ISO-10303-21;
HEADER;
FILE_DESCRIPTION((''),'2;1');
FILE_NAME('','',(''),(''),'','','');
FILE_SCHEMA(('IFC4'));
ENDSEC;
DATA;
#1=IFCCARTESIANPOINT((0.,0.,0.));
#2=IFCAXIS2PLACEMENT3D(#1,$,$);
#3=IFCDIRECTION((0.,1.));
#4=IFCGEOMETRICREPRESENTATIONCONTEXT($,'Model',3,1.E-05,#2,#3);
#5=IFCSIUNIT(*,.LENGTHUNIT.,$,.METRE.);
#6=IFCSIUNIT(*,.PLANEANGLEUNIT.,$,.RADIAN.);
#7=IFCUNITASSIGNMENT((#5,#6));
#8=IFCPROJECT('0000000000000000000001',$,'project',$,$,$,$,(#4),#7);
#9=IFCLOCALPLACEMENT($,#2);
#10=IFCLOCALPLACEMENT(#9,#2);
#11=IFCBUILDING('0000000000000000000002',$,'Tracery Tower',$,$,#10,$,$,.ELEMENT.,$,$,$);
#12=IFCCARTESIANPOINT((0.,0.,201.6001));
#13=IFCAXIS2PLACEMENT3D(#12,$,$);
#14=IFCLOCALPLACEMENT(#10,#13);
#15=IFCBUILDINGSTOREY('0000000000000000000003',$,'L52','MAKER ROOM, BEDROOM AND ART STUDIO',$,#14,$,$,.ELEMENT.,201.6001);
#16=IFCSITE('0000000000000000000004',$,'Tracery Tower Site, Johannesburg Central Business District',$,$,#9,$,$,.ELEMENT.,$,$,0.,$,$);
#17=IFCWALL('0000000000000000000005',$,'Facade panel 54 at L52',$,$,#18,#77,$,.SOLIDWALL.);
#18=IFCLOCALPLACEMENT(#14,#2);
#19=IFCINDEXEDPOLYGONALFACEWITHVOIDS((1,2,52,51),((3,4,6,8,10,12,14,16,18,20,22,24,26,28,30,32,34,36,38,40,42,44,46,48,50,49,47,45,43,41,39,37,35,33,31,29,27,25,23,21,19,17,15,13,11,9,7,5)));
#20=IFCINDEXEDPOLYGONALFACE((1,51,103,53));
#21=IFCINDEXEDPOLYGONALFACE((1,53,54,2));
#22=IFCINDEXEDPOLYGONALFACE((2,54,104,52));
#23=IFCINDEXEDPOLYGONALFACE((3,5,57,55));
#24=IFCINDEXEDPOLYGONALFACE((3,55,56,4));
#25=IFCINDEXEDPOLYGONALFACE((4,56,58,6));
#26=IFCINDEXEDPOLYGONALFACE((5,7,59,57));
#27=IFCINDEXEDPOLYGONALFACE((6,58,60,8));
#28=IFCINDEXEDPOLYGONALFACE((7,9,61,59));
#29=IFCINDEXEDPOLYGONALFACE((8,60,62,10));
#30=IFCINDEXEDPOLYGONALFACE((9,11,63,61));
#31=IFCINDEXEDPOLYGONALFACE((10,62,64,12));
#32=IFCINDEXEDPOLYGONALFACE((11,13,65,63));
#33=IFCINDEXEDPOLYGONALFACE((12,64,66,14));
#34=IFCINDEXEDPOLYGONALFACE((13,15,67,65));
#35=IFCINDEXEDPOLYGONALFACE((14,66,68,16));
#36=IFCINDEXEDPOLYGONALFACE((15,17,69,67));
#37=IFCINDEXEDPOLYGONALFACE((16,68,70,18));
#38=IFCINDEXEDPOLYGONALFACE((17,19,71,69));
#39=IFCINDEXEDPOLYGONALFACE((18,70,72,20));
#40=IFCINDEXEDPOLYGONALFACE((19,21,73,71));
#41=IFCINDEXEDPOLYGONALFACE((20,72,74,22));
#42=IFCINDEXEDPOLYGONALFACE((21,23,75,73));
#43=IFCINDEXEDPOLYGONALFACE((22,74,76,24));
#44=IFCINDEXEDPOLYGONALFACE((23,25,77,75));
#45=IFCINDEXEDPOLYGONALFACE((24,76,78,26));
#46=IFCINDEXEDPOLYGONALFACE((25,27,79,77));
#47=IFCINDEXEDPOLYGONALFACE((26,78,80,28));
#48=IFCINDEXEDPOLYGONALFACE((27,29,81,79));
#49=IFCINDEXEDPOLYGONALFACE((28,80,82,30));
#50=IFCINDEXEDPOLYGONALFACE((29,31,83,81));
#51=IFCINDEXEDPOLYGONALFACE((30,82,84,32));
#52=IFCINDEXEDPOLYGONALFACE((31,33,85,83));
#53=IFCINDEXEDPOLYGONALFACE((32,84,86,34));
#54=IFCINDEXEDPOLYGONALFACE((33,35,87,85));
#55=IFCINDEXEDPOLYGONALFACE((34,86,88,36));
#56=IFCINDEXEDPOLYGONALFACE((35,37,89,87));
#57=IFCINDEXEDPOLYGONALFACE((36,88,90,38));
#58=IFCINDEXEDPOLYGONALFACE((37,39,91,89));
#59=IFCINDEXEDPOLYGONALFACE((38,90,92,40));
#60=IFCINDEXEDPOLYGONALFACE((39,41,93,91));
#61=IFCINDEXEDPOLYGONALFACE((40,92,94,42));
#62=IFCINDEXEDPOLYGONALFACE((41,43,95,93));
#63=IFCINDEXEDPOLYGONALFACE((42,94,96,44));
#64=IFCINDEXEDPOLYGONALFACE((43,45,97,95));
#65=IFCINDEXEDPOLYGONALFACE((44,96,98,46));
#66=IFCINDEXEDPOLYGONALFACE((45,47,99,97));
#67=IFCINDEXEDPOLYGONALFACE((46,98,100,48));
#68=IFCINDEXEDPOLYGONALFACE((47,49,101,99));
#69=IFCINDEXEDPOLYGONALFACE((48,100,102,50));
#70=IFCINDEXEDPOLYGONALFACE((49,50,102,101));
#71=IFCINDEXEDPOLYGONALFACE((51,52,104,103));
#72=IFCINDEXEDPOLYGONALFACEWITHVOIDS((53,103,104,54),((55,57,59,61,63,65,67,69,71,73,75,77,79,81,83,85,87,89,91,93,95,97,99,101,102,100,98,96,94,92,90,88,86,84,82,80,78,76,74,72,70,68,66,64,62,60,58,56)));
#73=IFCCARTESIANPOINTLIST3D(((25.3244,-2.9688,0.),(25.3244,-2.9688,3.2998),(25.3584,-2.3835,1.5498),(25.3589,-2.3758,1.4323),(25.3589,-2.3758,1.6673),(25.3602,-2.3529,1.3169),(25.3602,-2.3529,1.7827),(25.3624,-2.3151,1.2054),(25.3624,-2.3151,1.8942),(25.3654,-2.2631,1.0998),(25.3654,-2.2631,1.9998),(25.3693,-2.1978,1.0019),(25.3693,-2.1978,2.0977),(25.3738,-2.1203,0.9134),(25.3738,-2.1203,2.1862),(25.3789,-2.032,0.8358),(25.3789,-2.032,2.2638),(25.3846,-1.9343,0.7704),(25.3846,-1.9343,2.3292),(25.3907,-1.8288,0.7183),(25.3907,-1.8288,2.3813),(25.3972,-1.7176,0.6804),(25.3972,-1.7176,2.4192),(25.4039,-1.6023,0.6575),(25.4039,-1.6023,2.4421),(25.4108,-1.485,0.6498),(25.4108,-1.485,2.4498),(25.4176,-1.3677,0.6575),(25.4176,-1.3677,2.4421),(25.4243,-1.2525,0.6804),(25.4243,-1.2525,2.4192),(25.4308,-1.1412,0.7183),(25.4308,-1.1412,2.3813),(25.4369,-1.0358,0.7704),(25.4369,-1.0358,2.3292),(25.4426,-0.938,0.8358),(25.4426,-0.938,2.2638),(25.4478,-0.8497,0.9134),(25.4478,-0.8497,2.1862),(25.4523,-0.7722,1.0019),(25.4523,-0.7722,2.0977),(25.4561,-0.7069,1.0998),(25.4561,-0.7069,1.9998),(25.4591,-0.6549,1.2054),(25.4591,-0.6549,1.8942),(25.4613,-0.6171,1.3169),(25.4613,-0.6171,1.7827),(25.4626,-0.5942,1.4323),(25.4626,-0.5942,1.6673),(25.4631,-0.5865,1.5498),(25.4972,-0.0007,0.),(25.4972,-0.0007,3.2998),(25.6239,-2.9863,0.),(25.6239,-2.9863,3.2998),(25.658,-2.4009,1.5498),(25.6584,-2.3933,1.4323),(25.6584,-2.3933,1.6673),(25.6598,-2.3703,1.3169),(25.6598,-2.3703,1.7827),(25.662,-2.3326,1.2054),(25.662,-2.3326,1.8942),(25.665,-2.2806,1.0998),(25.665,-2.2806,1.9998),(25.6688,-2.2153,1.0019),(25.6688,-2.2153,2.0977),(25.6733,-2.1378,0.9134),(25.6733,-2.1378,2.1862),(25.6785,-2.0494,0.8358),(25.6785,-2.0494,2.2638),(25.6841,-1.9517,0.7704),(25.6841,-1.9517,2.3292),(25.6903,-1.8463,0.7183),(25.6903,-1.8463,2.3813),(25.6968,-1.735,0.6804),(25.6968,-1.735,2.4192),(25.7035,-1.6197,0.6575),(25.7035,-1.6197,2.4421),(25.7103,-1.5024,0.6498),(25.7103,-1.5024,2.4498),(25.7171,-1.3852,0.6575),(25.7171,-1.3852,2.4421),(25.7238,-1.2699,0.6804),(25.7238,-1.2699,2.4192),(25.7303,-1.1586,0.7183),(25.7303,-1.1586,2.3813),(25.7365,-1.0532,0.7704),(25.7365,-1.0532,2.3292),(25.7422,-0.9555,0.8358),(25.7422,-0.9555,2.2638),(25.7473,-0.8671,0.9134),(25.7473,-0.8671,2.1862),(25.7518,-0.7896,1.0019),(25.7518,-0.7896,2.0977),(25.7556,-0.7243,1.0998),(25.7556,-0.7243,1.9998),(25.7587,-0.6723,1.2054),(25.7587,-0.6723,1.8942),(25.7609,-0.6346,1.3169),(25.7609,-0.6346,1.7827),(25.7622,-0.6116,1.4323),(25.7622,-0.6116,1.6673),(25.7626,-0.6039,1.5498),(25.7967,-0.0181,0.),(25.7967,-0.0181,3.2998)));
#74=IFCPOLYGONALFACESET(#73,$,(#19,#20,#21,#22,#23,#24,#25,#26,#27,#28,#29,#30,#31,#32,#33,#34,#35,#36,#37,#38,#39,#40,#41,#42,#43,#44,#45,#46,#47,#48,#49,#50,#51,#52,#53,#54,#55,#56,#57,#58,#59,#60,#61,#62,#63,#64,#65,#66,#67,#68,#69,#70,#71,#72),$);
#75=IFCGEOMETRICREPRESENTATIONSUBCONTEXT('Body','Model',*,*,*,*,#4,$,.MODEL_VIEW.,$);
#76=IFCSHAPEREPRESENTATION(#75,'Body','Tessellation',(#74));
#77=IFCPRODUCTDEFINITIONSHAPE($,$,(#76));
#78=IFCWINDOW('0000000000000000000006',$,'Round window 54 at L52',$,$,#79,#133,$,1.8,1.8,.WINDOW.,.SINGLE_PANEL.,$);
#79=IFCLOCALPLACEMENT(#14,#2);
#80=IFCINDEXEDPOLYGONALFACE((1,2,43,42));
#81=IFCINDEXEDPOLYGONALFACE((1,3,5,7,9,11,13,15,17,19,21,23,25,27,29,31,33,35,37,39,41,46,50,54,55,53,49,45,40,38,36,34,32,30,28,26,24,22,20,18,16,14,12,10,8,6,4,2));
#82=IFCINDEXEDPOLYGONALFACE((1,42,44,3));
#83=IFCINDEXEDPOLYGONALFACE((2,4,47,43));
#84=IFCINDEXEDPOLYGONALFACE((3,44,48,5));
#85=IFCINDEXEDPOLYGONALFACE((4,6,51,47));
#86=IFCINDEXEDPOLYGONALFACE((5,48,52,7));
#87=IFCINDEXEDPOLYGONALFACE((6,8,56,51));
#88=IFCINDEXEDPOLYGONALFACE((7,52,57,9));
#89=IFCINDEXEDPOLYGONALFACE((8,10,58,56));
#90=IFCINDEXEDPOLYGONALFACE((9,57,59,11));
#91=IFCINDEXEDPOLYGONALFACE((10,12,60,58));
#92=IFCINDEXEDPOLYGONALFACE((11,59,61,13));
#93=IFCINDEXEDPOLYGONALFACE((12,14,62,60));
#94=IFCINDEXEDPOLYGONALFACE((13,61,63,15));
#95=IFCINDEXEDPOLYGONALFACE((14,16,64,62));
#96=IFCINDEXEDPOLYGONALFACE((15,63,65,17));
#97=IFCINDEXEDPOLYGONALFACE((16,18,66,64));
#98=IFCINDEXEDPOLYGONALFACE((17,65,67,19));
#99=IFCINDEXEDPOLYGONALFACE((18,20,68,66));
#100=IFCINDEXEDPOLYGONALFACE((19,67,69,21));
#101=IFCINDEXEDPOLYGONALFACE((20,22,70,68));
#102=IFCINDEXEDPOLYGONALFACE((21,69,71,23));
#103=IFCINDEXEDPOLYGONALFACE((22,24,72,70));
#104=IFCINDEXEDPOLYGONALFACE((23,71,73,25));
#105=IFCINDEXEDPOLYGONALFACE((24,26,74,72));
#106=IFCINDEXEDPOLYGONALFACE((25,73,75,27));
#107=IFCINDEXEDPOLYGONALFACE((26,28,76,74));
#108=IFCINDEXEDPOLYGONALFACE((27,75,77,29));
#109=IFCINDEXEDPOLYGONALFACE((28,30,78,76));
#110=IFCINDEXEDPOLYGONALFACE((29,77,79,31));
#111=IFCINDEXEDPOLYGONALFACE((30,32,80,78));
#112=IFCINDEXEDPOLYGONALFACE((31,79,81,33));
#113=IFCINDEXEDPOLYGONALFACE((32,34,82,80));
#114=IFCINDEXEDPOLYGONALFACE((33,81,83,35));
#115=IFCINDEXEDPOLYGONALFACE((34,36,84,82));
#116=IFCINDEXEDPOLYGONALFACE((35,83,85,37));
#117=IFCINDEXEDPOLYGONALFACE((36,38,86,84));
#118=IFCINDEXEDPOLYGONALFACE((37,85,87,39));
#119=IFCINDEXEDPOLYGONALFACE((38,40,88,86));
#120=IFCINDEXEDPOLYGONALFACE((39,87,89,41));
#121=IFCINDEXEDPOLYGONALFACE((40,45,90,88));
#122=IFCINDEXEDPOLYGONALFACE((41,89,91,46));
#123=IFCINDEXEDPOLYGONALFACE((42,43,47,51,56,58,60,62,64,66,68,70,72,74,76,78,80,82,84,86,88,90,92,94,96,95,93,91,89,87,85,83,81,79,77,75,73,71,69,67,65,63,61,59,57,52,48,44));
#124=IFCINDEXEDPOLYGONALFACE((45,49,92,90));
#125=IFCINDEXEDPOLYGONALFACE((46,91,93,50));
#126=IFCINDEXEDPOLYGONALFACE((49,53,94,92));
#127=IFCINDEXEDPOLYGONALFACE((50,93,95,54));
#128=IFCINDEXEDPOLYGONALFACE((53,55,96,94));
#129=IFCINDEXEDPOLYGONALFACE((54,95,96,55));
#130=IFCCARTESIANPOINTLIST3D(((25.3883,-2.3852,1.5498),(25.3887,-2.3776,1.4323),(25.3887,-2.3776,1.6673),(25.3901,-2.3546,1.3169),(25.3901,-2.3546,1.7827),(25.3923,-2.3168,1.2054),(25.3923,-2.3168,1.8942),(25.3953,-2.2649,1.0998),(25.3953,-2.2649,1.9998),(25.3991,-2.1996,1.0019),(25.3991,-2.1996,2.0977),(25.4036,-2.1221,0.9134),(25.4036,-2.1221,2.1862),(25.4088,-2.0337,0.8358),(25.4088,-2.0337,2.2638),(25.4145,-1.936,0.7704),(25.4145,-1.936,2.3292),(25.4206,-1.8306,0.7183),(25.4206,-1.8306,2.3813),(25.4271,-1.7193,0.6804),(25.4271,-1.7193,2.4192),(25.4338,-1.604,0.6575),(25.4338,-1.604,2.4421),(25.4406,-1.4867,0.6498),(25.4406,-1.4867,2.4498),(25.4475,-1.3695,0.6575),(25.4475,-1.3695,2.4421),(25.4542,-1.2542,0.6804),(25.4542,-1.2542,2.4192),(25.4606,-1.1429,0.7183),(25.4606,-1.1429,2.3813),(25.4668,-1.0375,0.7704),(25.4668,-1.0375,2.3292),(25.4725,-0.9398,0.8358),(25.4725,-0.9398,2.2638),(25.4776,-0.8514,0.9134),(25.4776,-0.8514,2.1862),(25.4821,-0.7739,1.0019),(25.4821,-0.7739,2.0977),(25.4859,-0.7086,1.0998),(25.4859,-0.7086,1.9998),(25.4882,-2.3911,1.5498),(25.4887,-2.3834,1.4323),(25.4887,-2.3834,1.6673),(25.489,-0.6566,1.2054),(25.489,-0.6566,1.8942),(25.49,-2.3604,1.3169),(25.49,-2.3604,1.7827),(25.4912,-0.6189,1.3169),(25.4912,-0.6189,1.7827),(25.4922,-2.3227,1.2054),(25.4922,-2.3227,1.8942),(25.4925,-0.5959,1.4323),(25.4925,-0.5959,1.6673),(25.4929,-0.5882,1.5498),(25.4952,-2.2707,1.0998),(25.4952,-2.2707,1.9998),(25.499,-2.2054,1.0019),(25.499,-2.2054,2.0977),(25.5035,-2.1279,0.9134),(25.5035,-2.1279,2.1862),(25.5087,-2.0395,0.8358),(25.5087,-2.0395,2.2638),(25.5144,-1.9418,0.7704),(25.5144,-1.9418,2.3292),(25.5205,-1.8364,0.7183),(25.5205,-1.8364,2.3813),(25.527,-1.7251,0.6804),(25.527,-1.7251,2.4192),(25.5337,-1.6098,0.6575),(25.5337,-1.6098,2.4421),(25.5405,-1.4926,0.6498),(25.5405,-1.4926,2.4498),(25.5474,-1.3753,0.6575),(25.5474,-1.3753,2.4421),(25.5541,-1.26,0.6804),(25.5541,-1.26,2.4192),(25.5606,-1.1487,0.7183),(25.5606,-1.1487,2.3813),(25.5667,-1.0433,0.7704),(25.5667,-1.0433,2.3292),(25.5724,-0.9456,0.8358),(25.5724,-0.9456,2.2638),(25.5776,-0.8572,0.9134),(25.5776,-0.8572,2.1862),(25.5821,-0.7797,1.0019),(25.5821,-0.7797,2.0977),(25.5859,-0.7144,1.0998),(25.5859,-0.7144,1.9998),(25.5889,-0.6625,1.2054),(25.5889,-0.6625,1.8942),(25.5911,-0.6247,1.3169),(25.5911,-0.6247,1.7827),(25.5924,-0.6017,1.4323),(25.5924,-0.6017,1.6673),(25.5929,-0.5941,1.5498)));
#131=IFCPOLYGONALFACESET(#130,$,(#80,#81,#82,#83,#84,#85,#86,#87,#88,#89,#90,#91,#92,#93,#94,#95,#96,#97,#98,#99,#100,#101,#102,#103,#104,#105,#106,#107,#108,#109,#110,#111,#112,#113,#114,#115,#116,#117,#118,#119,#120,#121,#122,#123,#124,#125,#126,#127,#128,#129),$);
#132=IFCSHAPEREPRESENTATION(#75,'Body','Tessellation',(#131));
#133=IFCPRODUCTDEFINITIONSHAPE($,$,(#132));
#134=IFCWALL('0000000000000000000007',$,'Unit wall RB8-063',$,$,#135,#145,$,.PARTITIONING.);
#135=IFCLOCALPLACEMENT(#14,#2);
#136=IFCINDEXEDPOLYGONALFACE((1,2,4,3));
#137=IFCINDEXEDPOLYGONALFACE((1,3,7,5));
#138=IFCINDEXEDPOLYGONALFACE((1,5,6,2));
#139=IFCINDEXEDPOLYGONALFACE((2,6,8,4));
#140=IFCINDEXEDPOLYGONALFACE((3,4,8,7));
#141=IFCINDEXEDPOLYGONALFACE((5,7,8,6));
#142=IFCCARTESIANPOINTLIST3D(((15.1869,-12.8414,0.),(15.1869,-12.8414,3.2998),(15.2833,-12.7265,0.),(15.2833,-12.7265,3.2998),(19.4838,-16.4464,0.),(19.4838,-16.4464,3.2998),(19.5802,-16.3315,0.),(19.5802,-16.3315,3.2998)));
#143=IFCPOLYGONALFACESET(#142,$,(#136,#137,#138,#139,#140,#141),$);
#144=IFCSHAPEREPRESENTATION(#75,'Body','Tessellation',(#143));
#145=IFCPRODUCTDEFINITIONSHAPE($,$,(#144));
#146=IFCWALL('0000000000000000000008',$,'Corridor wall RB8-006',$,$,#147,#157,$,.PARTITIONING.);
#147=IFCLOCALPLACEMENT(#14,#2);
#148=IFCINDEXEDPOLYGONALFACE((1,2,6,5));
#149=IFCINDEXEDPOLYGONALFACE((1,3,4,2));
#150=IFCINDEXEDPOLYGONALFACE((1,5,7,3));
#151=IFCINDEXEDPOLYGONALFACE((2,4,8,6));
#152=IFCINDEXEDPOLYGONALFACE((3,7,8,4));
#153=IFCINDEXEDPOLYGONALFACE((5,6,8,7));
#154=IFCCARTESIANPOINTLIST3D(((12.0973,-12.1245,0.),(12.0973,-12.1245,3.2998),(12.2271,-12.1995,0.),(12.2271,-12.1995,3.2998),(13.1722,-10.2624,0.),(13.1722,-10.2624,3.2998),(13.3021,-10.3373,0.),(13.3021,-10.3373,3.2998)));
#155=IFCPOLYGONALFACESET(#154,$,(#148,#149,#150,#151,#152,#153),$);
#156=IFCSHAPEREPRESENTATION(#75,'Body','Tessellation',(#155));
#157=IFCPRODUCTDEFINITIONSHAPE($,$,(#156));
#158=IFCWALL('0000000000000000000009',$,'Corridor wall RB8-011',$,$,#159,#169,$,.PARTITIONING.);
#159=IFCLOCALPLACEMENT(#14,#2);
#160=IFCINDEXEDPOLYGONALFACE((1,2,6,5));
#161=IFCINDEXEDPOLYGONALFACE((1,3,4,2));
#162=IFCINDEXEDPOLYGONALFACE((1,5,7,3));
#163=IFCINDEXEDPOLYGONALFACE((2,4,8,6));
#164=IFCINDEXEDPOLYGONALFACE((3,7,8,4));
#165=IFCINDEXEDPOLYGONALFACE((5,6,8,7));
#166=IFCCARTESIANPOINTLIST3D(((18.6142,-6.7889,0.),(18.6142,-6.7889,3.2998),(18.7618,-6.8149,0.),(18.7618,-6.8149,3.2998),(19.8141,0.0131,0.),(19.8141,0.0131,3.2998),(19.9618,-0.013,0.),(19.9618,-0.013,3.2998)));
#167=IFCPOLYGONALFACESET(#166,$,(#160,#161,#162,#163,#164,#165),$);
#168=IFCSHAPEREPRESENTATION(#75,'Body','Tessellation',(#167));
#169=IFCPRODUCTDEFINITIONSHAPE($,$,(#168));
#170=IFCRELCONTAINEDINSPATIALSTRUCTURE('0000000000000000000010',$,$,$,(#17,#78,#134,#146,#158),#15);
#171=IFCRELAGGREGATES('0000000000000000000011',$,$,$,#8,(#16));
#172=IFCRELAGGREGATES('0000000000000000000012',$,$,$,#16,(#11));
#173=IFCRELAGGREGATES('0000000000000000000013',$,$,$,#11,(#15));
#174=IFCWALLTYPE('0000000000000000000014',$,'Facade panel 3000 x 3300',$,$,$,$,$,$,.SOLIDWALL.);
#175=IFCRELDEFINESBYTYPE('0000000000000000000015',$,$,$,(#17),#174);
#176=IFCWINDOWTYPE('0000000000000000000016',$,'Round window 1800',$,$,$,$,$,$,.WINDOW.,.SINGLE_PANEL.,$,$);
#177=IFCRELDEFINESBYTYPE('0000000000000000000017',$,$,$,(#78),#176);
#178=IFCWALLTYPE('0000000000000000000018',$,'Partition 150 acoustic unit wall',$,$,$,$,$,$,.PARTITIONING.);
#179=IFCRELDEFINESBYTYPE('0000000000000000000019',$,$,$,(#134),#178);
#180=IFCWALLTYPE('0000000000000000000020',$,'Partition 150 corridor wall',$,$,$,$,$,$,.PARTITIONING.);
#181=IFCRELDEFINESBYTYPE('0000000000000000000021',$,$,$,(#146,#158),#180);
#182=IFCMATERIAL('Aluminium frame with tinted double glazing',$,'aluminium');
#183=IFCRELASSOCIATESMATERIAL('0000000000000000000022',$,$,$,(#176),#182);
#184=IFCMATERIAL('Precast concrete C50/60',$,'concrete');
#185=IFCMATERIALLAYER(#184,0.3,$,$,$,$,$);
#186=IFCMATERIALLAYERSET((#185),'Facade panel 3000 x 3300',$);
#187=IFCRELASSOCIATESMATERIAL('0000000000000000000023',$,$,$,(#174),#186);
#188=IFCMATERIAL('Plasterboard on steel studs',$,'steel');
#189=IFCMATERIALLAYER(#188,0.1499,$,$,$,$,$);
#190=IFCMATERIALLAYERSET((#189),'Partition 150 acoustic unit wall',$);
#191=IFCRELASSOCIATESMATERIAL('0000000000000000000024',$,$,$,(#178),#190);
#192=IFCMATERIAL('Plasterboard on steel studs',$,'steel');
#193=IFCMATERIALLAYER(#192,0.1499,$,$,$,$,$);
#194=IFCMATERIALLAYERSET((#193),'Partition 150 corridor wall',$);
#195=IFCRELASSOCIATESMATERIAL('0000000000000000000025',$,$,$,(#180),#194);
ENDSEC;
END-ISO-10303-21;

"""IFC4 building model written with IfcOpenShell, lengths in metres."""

from ifc_helpers import new_model, si_unit, direction, frame, frame_2d, origin, origin_2d, place, context, subcontext, project, spatial, rectangle, circle, extrude, material, layer, layer_set, type_object, element, fill, save


model = new_model("IFC4")

# Units and contexts
model_context = context("Model", 3, precision=1e-05, world=origin(), true_north=direction((0.0, 1.0)))
body_context = subcontext(model_context, "Body", "Model", "MODEL_VIEW")
ifc_project = project(units=[si_unit("LENGTHUNIT", "METRE"), si_unit("PLANEANGLEUNIT", "RADIAN")], contexts=[model_context])

# Site, building, storey
site_placement = place(None, origin())
site = spatial("IfcSite", under=ifc_project, at=site_placement, Name="Tracery Tower Site, Johannesburg Central Business District", CompositionType="ELEMENT", RefElevation=0.0)
building_placement = place(site_placement, origin())
building = spatial("IfcBuilding", under=site, at=building_placement, Name="Tracery Tower", CompositionType="ELEMENT")
storey_placement = place(building_placement, frame((0.0, 0.0, 201.6001)))
storey = spatial("IfcBuildingStorey", under=building, at=storey_placement, Name="L52", Description="MAKER ROOM, BEDROOM AND ART STUDIO", CompositionType="ELEMENT", Elevation=201.6001)

# Wall, opening, window
ifc_material_1 = material(Name="Aluminium frame with tinted double glazing", Category="aluminium")
window_type = type_object("IfcWindowType", Name="Round window 1800", PartitioningType="SINGLE_PANEL", PredefinedType="WINDOW", material=ifc_material_1)
ifc_material_2 = material(Name="Precast concrete C50/60", Category="concrete")
ifc_layer_1 = layer(ifc_material_2, 0.3)
ifc_layer_set_1 = layer_set([ifc_layer_1], Name="Facade panel 3000 x 3300")
wall_type_1 = type_object("IfcWallType", Name="Facade panel 3000 x 3300", PredefinedType="SOLIDWALL", material=ifc_layer_set_1)
wall_1_placement = place(storey_placement, frame((25.4741, -2.9775, 0.0), z_axis=(0.0, 0.0, 1.0), x_axis=(0.05814, 0.998308, 0.0)))
wall_1 = element("IfcWall", 1, at=wall_1_placement, inside=storey, type_object=wall_type_1, Name="Facade panel 54 at L52", PredefinedType="SOLIDWALL", context=body_context, shape_type="SweptSolid", body=[
    extrude(rectangle(XDim=2.9731, YDim=0.3, at=frame_2d((1.4866, 0.0))), origin(), (0.0, 0.0, 1.0), 3.2998),
])
opening_1_placement = place(wall_1_placement, frame((1.4863, 0.0, 1.5498)))
opening_1 = element("IfcOpeningElement", 2, at=opening_1_placement, cuts=wall_1, PredefinedType="OPENING", context=body_context, shape_type="SweptSolid", body=[
    extrude(circle(Radius=0.9, at=origin_2d()), frame((0.0, 0.1599, 0.0), z_axis=(0.0, -1.0, 0.0), x_axis=(1.0, 0.0, 0.0)), (0.0, 0.0, 1.0), 0.3201),
])
window_1_placement = place(opening_1_placement, origin())
window_1 = element("IfcWindow", 3, at=window_1_placement, inside=storey, type_object=window_type, Name="Round window 54 at L52", OverallHeight=1.8, OverallWidth=1.8, PartitioningType="SINGLE_PANEL", PredefinedType="WINDOW", context=body_context, shape_type="SweptSolid", body=[
    extrude(circle(Radius=0.9, at=origin_2d()), frame((0.0, 0.1201, 0.0), z_axis=(0.0, -1.0, 0.0), x_axis=(1.0, 0.0, 0.0)), (0.0, 0.0, 1.0), 0.1001),
])
fill(opening_1, window_1)

# Walls
ifc_material_3 = material(Name="Plasterboard on steel studs", Category="steel")
ifc_layer_2 = layer(ifc_material_3, 0.1499)
ifc_layer_set_2 = layer_set([ifc_layer_2], Name="Partition 150 acoustic unit wall")
wall_type_2 = type_object("IfcWallType", Name="Partition 150 acoustic unit wall", PredefinedType="PARTITIONING", material=ifc_layer_set_2)
wall_2_placement = place(storey_placement, frame((15.2351, -12.7839, 0.0), z_axis=(0.0, 0.0, 1.0), x_axis=(0.766091, -0.642733, 0.0)))
element("IfcWall", 4, at=wall_2_placement, inside=storey, type_object=wall_type_2, Name="Unit wall RB8-063", PredefinedType="PARTITIONING", context=body_context, shape_type="SweptSolid", body=[
    extrude(rectangle(XDim=5.6089, YDim=0.1499, at=frame_2d((2.8044, 0.0))), origin(), (0.0, 0.0, 1.0), 3.2998),
])
ifc_material_4 = material(Name="Plasterboard on steel studs", Category="steel")
ifc_layer_3 = layer(ifc_material_4, 0.1499)
ifc_layer_set_3 = layer_set([ifc_layer_3], Name="Partition 150 corridor wall")
wall_type_3 = type_object("IfcWallType", Name="Partition 150 corridor wall", PredefinedType="PARTITIONING", material=ifc_layer_set_3)
wall_3_placement = place(storey_placement, frame((12.1621, -12.1621, 0.0), z_axis=(0.0, 0.0, 1.0), x_axis=(0.499962, 0.866048, 0.0)))
element("IfcWall", 5, at=wall_3_placement, inside=storey, type_object=wall_type_3, Name="Corridor wall RB8-006", PredefinedType="PARTITIONING", context=body_context, shape_type="SweptSolid", body=[
    extrude(rectangle(XDim=2.1501, YDim=0.1499, at=frame_2d((1.0752, 0.0))), origin(), (0.0, 0.0, 1.0), 3.2998),
])
wall_4_placement = place(storey_placement, frame((18.688, -6.802, 0.0), z_axis=(0.0, 0.0, 1.0), x_axis=(0.173729, 0.984794, 0.0)))
element("IfcWall", 6, at=wall_4_placement, inside=storey, type_object=wall_type_3, Name="Corridor wall RB8-011", PredefinedType="PARTITIONING", context=body_context, shape_type="SweptSolid", body=[
    extrude(rectangle(XDim=6.907, YDim=0.1499, at=frame_2d((3.4536, 0.0))), origin(), (0.0, 0.0, 1.0), 3.2998),
])

save(model, "model.ifc")
